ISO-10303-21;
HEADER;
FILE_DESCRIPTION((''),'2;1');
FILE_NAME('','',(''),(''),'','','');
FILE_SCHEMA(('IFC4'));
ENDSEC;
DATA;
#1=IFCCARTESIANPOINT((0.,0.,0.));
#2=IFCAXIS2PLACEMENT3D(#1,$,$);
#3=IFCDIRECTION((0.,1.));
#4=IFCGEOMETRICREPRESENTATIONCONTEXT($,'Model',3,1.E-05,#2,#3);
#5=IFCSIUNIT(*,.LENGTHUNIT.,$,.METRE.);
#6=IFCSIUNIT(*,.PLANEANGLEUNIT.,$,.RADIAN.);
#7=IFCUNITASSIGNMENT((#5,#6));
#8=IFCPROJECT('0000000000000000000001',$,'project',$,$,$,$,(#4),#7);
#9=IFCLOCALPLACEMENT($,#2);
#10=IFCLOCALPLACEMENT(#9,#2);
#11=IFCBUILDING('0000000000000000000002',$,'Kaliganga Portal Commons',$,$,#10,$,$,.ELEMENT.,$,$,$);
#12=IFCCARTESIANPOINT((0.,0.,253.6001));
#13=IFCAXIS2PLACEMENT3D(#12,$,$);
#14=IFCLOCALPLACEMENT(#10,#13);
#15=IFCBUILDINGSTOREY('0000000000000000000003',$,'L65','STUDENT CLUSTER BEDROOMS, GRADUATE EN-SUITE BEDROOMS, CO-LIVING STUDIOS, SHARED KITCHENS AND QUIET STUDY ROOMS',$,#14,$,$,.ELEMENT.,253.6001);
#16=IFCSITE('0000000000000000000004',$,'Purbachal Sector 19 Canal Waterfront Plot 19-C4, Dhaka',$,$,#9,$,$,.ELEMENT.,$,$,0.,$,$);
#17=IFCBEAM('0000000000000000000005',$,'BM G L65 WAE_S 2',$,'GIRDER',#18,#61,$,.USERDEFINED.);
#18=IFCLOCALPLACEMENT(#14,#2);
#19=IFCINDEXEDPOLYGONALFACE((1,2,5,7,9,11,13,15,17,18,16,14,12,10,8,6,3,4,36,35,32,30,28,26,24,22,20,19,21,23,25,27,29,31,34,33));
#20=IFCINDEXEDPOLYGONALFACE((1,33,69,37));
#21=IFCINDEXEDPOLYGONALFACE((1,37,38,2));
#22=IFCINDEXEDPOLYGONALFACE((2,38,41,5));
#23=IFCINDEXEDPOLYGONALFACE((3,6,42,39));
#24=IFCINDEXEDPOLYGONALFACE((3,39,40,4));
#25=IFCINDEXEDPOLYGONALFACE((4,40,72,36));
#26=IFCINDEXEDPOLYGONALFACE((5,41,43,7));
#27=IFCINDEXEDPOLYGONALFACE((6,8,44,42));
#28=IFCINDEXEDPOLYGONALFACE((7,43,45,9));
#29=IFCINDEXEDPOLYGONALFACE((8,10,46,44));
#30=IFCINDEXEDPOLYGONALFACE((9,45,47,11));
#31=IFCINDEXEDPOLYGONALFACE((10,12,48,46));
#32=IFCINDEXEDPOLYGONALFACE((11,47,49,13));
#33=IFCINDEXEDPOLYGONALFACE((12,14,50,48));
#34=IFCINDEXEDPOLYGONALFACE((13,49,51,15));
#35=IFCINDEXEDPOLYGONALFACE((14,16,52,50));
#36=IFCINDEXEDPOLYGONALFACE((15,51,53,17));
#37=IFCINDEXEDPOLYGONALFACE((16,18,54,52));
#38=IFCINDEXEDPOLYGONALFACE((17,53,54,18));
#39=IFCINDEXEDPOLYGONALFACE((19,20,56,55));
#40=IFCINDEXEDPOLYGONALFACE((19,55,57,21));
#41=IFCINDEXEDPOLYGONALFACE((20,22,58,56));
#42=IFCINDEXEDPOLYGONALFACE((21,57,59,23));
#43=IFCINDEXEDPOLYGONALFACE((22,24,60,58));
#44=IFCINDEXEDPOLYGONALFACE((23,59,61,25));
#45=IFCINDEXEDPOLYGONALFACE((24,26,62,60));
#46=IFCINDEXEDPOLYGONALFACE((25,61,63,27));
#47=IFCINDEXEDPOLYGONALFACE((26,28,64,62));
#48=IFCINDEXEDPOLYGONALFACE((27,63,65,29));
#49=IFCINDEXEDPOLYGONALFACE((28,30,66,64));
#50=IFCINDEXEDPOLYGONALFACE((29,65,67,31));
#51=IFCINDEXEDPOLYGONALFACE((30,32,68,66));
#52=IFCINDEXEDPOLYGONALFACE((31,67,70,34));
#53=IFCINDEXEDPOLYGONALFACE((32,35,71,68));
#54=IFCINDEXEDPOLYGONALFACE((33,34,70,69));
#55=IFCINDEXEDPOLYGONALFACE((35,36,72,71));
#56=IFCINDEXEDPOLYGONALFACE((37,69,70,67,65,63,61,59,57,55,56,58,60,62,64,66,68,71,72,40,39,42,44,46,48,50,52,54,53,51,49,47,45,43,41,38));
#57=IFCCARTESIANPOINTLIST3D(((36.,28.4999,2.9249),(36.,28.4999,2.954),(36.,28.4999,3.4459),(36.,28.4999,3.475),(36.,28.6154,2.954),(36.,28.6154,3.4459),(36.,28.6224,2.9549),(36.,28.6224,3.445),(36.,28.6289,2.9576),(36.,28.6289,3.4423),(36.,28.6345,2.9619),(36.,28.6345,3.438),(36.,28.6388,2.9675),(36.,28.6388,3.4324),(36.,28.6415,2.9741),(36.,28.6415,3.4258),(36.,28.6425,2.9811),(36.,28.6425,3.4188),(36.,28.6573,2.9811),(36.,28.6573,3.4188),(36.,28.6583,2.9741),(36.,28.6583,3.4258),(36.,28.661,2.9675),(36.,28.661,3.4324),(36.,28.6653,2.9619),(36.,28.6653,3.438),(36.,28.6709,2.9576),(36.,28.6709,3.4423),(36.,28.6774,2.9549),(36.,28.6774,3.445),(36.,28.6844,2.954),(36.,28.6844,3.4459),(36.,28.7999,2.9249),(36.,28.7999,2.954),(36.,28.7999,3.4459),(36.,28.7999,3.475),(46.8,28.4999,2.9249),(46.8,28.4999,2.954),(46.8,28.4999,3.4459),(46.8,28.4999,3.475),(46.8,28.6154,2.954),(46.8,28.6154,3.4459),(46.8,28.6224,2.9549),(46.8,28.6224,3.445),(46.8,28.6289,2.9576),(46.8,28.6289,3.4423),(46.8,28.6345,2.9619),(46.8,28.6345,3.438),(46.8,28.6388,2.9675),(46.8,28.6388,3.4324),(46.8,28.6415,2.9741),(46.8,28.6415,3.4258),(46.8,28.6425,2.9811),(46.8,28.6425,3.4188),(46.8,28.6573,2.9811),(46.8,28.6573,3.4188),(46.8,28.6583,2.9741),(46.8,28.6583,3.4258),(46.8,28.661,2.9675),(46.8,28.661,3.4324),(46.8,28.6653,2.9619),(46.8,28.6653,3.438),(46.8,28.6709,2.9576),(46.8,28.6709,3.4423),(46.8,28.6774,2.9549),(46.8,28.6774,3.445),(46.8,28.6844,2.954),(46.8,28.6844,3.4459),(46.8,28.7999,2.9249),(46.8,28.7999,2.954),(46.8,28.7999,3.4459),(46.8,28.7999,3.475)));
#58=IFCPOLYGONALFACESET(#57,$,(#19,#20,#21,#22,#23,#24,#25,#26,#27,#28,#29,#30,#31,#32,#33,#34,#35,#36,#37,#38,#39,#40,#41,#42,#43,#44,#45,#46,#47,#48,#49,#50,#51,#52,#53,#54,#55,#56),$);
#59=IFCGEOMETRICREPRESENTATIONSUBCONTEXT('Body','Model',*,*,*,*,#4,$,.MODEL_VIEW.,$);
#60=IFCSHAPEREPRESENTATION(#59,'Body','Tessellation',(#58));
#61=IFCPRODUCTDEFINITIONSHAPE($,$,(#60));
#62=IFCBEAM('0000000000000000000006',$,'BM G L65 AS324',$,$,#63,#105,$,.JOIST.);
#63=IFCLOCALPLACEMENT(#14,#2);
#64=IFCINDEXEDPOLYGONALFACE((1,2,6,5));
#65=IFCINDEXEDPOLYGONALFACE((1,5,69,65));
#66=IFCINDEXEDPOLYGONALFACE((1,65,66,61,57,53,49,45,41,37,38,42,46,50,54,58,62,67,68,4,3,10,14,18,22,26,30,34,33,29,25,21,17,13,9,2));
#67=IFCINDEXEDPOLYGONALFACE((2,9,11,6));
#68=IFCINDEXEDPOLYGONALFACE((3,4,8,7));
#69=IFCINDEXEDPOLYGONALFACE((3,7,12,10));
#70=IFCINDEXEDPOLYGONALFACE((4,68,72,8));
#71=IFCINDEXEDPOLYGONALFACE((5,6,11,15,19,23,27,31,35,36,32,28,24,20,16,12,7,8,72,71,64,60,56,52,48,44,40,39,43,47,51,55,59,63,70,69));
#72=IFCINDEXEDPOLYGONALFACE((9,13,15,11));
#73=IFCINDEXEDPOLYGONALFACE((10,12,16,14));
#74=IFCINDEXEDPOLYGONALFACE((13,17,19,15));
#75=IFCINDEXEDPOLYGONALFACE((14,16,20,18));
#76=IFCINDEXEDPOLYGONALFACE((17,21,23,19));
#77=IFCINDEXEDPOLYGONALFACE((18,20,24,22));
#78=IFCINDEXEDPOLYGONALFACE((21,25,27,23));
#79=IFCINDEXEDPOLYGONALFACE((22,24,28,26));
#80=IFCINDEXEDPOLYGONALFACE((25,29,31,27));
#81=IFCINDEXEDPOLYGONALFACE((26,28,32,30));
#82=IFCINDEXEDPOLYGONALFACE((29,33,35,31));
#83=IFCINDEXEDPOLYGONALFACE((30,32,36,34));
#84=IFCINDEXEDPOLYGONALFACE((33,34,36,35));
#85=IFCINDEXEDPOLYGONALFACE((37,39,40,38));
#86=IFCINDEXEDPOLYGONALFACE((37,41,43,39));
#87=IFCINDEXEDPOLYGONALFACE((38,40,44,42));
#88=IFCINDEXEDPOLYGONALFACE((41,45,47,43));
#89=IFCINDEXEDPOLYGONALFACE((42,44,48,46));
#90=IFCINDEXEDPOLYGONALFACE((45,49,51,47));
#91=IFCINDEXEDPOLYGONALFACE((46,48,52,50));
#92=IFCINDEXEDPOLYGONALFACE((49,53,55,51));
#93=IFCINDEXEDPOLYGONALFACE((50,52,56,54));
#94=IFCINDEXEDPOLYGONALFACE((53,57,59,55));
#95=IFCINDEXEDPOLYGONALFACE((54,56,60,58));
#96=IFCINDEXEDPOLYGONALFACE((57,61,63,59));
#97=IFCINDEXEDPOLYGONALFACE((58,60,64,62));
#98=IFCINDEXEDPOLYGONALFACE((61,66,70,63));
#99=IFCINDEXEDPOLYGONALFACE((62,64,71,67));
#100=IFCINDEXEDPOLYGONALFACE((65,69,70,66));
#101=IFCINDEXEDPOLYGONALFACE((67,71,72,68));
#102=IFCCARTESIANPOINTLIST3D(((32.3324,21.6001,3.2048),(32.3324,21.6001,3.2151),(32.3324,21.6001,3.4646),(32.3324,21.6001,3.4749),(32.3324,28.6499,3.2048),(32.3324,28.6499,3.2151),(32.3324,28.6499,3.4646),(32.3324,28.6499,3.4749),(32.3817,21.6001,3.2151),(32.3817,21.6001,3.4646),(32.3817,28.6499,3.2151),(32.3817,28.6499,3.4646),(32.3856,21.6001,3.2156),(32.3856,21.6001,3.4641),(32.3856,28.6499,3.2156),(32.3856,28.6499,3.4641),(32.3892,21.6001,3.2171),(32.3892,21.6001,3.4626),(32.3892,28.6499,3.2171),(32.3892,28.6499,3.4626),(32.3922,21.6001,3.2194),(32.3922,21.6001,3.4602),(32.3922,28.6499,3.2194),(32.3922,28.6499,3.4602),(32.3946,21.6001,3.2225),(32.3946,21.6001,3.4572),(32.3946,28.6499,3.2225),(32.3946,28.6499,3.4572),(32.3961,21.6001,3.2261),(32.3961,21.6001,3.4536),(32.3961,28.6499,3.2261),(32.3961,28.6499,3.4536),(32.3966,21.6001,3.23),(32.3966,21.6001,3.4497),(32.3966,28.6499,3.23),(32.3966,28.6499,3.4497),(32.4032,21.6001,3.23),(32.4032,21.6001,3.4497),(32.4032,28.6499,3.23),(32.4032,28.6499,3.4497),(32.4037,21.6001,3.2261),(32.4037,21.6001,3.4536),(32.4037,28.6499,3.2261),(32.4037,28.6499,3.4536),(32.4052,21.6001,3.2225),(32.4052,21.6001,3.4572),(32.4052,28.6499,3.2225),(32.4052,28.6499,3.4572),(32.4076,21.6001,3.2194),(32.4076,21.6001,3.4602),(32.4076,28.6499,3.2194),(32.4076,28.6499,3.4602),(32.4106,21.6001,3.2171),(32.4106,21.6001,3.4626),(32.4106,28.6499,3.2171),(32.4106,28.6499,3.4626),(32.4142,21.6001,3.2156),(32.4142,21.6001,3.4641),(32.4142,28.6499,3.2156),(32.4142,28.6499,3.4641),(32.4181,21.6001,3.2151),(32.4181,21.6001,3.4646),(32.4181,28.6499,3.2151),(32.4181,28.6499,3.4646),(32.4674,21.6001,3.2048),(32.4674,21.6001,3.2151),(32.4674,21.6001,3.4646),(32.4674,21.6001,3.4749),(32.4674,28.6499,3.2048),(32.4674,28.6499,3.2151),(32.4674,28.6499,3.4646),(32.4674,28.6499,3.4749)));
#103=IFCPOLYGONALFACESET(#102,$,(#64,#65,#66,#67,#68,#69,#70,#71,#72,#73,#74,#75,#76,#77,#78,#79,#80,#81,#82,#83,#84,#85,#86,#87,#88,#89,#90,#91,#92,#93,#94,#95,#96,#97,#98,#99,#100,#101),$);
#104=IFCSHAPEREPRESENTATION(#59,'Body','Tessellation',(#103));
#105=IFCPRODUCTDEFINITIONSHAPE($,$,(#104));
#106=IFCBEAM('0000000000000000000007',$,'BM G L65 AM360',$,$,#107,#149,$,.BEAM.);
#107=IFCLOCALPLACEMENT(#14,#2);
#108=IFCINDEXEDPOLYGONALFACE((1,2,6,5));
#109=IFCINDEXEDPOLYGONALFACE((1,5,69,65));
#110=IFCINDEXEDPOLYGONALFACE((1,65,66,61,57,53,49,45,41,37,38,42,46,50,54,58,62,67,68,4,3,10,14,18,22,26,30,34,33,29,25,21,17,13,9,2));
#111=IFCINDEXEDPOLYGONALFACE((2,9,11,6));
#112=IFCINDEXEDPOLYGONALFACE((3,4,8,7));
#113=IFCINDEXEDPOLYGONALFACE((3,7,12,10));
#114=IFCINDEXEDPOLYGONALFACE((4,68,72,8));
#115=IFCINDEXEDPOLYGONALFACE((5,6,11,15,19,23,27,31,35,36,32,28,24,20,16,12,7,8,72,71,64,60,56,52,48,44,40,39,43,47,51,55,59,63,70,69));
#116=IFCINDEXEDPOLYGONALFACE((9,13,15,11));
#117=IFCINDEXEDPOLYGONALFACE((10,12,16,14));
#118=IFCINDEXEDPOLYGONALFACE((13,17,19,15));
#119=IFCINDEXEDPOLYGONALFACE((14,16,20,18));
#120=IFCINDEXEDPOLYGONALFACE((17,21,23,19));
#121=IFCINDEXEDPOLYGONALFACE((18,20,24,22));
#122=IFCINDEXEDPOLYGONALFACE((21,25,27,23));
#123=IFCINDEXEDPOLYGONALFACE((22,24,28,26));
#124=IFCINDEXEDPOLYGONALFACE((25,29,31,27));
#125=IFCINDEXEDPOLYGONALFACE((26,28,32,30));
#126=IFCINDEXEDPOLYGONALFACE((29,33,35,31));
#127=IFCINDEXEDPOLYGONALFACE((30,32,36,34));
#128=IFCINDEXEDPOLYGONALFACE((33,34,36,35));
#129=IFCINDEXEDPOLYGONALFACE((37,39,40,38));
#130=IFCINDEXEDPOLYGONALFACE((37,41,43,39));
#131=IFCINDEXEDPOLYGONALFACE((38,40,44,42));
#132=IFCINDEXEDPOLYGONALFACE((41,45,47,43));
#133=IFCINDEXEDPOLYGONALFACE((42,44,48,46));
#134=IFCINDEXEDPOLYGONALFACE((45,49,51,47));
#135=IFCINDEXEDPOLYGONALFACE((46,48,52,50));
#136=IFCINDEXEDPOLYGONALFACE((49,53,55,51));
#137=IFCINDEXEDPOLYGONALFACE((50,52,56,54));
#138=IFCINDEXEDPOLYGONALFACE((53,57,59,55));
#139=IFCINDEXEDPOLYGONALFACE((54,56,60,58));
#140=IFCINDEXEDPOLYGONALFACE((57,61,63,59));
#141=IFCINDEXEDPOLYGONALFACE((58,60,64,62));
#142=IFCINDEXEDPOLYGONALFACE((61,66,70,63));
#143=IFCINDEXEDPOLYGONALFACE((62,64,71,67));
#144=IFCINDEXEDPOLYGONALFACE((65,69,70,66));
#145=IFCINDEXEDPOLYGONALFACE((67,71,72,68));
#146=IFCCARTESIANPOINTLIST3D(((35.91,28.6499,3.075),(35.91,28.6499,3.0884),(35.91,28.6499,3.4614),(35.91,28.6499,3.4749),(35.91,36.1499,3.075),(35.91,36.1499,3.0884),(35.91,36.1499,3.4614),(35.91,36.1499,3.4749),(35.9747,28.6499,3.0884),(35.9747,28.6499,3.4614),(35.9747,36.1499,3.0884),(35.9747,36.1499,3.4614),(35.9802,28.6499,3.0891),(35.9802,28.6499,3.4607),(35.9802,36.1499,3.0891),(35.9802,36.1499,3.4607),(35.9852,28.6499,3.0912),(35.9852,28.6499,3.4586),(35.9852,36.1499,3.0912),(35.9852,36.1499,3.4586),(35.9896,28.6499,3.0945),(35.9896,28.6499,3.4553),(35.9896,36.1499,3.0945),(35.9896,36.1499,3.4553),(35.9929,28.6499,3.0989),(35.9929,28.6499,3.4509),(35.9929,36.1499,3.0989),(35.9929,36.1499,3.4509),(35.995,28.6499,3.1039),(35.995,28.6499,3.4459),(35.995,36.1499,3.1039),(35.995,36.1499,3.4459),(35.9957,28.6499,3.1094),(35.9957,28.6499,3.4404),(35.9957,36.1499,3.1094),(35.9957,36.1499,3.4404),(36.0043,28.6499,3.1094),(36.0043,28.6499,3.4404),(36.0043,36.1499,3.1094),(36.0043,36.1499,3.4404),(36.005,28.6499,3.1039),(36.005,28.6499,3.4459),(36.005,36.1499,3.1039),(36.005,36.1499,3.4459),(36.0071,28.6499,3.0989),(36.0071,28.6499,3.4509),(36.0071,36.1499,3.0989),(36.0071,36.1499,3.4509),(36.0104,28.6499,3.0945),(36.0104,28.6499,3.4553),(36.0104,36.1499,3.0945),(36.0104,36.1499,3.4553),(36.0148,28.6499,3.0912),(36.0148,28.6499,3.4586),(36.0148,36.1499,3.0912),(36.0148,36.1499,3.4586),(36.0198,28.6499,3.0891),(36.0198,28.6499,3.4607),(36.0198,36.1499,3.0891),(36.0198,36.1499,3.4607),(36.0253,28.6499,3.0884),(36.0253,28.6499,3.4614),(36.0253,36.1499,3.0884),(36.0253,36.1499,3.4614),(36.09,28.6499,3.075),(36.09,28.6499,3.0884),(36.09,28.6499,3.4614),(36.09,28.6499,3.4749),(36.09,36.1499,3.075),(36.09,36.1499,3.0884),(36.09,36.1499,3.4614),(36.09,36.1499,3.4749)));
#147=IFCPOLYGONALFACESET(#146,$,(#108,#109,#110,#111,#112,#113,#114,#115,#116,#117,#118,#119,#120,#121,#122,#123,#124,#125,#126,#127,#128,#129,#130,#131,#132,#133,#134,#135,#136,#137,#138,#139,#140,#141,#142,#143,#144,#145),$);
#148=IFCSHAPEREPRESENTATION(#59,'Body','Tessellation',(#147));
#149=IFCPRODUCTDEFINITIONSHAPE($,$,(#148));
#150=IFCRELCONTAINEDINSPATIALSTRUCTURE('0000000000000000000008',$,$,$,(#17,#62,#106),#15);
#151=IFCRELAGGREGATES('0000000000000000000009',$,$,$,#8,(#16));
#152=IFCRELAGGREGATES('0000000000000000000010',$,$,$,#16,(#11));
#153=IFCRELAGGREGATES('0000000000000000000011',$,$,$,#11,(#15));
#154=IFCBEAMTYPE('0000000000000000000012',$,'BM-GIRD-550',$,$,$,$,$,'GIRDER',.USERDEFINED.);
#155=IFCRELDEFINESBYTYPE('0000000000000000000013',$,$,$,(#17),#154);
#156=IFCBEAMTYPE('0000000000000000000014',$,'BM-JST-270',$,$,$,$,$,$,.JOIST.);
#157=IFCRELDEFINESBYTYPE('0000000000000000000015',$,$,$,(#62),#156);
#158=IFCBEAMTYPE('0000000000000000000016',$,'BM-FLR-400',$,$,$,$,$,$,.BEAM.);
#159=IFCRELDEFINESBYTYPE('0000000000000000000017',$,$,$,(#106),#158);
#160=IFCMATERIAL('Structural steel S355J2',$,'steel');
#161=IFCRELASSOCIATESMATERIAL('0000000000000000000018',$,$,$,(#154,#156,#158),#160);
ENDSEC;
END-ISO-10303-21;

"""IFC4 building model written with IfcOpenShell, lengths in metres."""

from ifc_helpers import new_model, si_unit, direction, frame, origin, origin_2d, place, context, subcontext, project, spatial, i_section, extrude, source, transform, mapped, material, material_profile, profile_set, type_object, element, save


model = new_model("IFC4")

# Units and contexts
model_context = context("Model", 3, precision=1e-05, world=origin(), true_north=direction((0.0, 1.0)))
body_context = subcontext(model_context, "Body", "Model", "MODEL_VIEW")
ifc_project = project(units=[si_unit("LENGTHUNIT", "METRE"), si_unit("PLANEANGLEUNIT", "RADIAN")], contexts=[model_context])

# Site, building, storey
site_placement = place(None, origin())
site = spatial("IfcSite", under=ifc_project, at=site_placement, Name="Purbachal Sector 19 Canal Waterfront Plot 19-C4, Dhaka", CompositionType="ELEMENT", RefElevation=0.0)
building_placement = place(site_placement, origin())
building = spatial("IfcBuilding", under=site, at=building_placement, Name="Kaliganga Portal Commons", CompositionType="ELEMENT")
storey_placement = place(building_placement, frame((0.0, 0.0, 253.6001)))
storey = spatial("IfcBuildingStorey", under=building, at=storey_placement, Name="L65", Description="STUDENT CLUSTER BEDROOMS, GRADUATE EN-SUITE BEDROOMS, CO-LIVING STUDIOS, SHARED KITCHENS AND QUIET STUDY ROOMS", CompositionType="ELEMENT", Elevation=253.6001)

# Shared definitions
ifc_material_1 = material(Name="Structural steel S355J2", Category="steel")

# Beams
ifc_material_profile_1 = material_profile(ifc_material_1, i_section(OverallWidth=0.3, OverallDepth=0.55, WebThickness=0.0149, FlangeThickness=0.0291, FilletRadius=0.0271, at=origin_2d()), Name="HE 550 B")
ifc_profile_set_1 = profile_set([ifc_material_profile_1], Name="Structural steel S355J2 wide-flange")
beam_type_1 = type_object("IfcBeamType", Name="BM-GIRD-550", ElementType="GIRDER", PredefinedType="USERDEFINED", material=ifc_profile_set_1)
shared_shape_1 = source(origin(), body_context, "Body", "SweptSolid", [
    extrude(i_section(OverallWidth=0.3, OverallDepth=0.55, WebThickness=0.0149, FlangeThickness=0.0291, FilletRadius=0.0271, at=origin_2d()), origin(), (0.0, 0.0, 1.0), 10.8),
])
beam_1_placement = place(storey_placement, frame((36.0, 28.6499, 3.2), z_axis=(1.0, 0.0, 0.0), x_axis=(0.0, 1.0, 0.0)))
element("IfcBeam", 1, at=beam_1_placement, inside=storey, type_object=beam_type_1, Name="BM G L65 WAE_S 2", ObjectType="GIRDER", PredefinedType="USERDEFINED", context=body_context, shape_type="MappedRepresentation", body=[
    mapped(shared_shape_1, transform((0.0, 0.0, 0.0), x_axis=(1.0, 0.0, 0.0), y_axis=(0.0, 1.0, 0.0), z_axis=(0.0, 0.0, 1.0), scale=1.0)),
])
ifc_material_profile_2 = material_profile(ifc_material_1, i_section(OverallWidth=0.135, OverallDepth=0.27, WebThickness=0.0066, FlangeThickness=0.0103, FilletRadius=0.0149, at=origin_2d()), Name="IPE 270")
ifc_profile_set_2 = profile_set([ifc_material_profile_2], Name="Structural steel S355J2 wide-flange")
beam_type_2 = type_object("IfcBeamType", Name="BM-JST-270", PredefinedType="JOIST", material=ifc_profile_set_2)
shared_shape_2 = source(origin(), body_context, "Body", "SweptSolid", [
    extrude(i_section(OverallWidth=0.135, OverallDepth=0.27, WebThickness=0.0066, FlangeThickness=0.0103, FilletRadius=0.0149, at=origin_2d()), origin(), (0.0, 0.0, 1.0), 7.0498),
])
beam_2_placement = place(storey_placement, frame((32.3999, 21.6001, 3.3398), z_axis=(0.0, 1.0, 0.0), x_axis=(-1.0, 0.0, 0.0)))
element("IfcBeam", 2, at=beam_2_placement, inside=storey, type_object=beam_type_2, Name="BM G L65 AS324", PredefinedType="JOIST", context=body_context, shape_type="MappedRepresentation", body=[
    mapped(shared_shape_2, transform((0.0, 0.0, 0.0), x_axis=(1.0, 0.0, 0.0), y_axis=(0.0, 1.0, 0.0), z_axis=(0.0, 0.0, 1.0), scale=1.0)),
])
ifc_material_profile_3 = material_profile(ifc_material_1, i_section(OverallWidth=0.1799, OverallDepth=0.3999, WebThickness=0.0085, FlangeThickness=0.0134, FilletRadius=0.021, at=origin_2d()), Name="IPE 400")
ifc_profile_set_3 = profile_set([ifc_material_profile_3], Name="Structural steel S355J2 wide-flange")
beam_type_3 = type_object("IfcBeamType", Name="BM-FLR-400", PredefinedType="BEAM", material=ifc_profile_set_3)
shared_shape_3 = source(origin(), body_context, "Body", "SweptSolid", [
    extrude(i_section(OverallWidth=0.1799, OverallDepth=0.3999, WebThickness=0.0085, FlangeThickness=0.0134, FilletRadius=0.021, at=origin_2d()), origin(), (0.0, 0.0, 1.0), 7.5),
])
beam_3_placement = place(storey_placement, frame((36.0, 28.6499, 3.2749), z_axis=(0.0, 1.0, 0.0), x_axis=(-1.0, 0.0, 0.0)))
element("IfcBeam", 3, at=beam_3_placement, inside=storey, type_object=beam_type_3, Name="BM G L65 AM360", PredefinedType="BEAM", context=body_context, shape_type="MappedRepresentation", body=[
    mapped(shared_shape_3, transform((0.0, 0.0, 0.0), x_axis=(1.0, 0.0, 0.0), y_axis=(0.0, 1.0, 0.0), z_axis=(0.0, 0.0, 1.0), scale=1.0)),
])

save(model, "model.ifc")
